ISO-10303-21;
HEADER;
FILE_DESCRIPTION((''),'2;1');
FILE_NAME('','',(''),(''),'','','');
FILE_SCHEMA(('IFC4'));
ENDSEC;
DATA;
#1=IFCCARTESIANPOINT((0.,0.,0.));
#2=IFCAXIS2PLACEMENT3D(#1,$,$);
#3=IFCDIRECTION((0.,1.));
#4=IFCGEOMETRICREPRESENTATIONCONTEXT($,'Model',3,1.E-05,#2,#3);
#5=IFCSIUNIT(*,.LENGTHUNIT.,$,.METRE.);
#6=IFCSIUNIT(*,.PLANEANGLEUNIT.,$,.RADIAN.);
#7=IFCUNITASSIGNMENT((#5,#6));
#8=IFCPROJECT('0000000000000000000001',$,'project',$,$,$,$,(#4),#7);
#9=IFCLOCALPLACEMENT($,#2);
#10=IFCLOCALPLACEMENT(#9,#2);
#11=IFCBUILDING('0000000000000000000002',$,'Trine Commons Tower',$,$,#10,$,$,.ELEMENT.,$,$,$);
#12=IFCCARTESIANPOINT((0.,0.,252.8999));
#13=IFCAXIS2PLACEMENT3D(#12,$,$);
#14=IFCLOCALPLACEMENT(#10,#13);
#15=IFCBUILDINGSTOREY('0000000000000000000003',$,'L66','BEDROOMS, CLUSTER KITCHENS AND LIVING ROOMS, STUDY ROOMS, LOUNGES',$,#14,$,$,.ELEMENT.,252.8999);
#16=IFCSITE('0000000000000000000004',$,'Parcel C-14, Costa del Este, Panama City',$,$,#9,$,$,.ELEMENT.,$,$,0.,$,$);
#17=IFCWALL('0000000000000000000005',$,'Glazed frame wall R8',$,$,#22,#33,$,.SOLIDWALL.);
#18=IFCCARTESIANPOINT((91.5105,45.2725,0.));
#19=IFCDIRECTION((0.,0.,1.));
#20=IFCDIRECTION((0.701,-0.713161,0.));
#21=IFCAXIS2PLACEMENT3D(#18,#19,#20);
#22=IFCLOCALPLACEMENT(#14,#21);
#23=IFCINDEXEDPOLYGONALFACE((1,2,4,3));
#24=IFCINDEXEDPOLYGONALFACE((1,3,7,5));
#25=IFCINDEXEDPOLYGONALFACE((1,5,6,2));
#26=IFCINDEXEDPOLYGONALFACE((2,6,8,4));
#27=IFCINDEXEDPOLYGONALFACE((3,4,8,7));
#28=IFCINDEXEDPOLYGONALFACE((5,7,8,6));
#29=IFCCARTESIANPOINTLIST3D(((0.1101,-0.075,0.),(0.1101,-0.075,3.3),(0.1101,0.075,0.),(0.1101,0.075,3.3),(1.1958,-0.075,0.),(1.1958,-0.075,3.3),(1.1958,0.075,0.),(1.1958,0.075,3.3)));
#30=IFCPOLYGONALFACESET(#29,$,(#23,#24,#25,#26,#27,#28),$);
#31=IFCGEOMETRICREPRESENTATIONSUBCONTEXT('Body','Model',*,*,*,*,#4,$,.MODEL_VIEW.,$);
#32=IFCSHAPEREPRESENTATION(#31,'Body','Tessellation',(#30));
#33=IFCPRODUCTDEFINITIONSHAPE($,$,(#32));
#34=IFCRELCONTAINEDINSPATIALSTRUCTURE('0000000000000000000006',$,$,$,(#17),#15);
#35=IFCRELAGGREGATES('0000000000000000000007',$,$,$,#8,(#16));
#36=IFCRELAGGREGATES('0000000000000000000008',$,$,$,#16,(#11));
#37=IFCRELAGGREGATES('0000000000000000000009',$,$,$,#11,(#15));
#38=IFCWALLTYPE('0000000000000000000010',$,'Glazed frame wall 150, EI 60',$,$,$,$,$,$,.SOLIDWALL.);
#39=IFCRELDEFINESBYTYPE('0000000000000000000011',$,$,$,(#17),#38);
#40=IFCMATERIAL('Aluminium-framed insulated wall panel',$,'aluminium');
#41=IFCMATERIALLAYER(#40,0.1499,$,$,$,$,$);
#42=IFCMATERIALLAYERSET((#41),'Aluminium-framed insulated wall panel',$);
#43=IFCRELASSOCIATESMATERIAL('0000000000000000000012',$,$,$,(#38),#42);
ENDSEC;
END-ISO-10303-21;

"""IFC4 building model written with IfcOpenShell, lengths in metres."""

from ifc_helpers import new_model, si_unit, direction, frame, origin, place, context, subcontext, project, spatial, polyline, outline, extrude, material, layer, layer_set, type_object, element, save


model = new_model("IFC4")

# Units and contexts
model_context = context("Model", 3, precision=1e-05, world=origin(), true_north=direction((0.0, 1.0)))
body_context = subcontext(model_context, "Body", "Model", "MODEL_VIEW")
ifc_project = project(units=[si_unit("LENGTHUNIT", "METRE"), si_unit("PLANEANGLEUNIT", "RADIAN")], contexts=[model_context])

# Site, building, storey
site_placement = place(None, origin())
site = spatial("IfcSite", under=ifc_project, at=site_placement, Name="Parcel C-14, Costa del Este, Panama City", CompositionType="ELEMENT", RefElevation=0.0)
building_placement = place(site_placement, origin())
building = spatial("IfcBuilding", under=site, at=building_placement, Name="Trine Commons Tower", CompositionType="ELEMENT")
storey_placement = place(building_placement, frame((0.0, 0.0, 252.8999)))
storey = spatial("IfcBuildingStorey", under=building, at=storey_placement, Name="L66", Description="BEDROOMS, CLUSTER KITCHENS AND LIVING ROOMS, STUDY ROOMS, LOUNGES", CompositionType="ELEMENT", Elevation=252.8999)

# Shared definitions
ifc_material_1 = material(Name="Aluminium-framed insulated wall panel", Category="aluminium")
ifc_layer_1 = layer(ifc_material_1, 0.1499)
ifc_layer_set_1 = layer_set([ifc_layer_1], Name="Aluminium-framed insulated wall panel")
wall_type_1 = type_object("IfcWallType", Name="Glazed frame wall 150, EI 60", PredefinedType="SOLIDWALL", material=ifc_layer_set_1)

# Wall
wall_1_placement = place(storey_placement, frame((91.5105, 45.2725, 0.0), z_axis=(0.0, 0.0, 1.0), x_axis=(0.701, -0.713161, 0.0)))
element("IfcWall", 1, at=wall_1_placement, inside=storey, type_object=wall_type_1, Name="Glazed frame wall R8", PredefinedType="SOLIDWALL", context=body_context, shape_type="SweptSolid", body=[
    extrude(outline(polyline([(0.1101, 0.075), (0.1101, -0.075), (1.1958, -0.075), (1.1958, 0.075), (0.1101, 0.075)])), origin(), (0.0, 0.0, 1.0), 3.3),
])

save(model, "model.ifc")
